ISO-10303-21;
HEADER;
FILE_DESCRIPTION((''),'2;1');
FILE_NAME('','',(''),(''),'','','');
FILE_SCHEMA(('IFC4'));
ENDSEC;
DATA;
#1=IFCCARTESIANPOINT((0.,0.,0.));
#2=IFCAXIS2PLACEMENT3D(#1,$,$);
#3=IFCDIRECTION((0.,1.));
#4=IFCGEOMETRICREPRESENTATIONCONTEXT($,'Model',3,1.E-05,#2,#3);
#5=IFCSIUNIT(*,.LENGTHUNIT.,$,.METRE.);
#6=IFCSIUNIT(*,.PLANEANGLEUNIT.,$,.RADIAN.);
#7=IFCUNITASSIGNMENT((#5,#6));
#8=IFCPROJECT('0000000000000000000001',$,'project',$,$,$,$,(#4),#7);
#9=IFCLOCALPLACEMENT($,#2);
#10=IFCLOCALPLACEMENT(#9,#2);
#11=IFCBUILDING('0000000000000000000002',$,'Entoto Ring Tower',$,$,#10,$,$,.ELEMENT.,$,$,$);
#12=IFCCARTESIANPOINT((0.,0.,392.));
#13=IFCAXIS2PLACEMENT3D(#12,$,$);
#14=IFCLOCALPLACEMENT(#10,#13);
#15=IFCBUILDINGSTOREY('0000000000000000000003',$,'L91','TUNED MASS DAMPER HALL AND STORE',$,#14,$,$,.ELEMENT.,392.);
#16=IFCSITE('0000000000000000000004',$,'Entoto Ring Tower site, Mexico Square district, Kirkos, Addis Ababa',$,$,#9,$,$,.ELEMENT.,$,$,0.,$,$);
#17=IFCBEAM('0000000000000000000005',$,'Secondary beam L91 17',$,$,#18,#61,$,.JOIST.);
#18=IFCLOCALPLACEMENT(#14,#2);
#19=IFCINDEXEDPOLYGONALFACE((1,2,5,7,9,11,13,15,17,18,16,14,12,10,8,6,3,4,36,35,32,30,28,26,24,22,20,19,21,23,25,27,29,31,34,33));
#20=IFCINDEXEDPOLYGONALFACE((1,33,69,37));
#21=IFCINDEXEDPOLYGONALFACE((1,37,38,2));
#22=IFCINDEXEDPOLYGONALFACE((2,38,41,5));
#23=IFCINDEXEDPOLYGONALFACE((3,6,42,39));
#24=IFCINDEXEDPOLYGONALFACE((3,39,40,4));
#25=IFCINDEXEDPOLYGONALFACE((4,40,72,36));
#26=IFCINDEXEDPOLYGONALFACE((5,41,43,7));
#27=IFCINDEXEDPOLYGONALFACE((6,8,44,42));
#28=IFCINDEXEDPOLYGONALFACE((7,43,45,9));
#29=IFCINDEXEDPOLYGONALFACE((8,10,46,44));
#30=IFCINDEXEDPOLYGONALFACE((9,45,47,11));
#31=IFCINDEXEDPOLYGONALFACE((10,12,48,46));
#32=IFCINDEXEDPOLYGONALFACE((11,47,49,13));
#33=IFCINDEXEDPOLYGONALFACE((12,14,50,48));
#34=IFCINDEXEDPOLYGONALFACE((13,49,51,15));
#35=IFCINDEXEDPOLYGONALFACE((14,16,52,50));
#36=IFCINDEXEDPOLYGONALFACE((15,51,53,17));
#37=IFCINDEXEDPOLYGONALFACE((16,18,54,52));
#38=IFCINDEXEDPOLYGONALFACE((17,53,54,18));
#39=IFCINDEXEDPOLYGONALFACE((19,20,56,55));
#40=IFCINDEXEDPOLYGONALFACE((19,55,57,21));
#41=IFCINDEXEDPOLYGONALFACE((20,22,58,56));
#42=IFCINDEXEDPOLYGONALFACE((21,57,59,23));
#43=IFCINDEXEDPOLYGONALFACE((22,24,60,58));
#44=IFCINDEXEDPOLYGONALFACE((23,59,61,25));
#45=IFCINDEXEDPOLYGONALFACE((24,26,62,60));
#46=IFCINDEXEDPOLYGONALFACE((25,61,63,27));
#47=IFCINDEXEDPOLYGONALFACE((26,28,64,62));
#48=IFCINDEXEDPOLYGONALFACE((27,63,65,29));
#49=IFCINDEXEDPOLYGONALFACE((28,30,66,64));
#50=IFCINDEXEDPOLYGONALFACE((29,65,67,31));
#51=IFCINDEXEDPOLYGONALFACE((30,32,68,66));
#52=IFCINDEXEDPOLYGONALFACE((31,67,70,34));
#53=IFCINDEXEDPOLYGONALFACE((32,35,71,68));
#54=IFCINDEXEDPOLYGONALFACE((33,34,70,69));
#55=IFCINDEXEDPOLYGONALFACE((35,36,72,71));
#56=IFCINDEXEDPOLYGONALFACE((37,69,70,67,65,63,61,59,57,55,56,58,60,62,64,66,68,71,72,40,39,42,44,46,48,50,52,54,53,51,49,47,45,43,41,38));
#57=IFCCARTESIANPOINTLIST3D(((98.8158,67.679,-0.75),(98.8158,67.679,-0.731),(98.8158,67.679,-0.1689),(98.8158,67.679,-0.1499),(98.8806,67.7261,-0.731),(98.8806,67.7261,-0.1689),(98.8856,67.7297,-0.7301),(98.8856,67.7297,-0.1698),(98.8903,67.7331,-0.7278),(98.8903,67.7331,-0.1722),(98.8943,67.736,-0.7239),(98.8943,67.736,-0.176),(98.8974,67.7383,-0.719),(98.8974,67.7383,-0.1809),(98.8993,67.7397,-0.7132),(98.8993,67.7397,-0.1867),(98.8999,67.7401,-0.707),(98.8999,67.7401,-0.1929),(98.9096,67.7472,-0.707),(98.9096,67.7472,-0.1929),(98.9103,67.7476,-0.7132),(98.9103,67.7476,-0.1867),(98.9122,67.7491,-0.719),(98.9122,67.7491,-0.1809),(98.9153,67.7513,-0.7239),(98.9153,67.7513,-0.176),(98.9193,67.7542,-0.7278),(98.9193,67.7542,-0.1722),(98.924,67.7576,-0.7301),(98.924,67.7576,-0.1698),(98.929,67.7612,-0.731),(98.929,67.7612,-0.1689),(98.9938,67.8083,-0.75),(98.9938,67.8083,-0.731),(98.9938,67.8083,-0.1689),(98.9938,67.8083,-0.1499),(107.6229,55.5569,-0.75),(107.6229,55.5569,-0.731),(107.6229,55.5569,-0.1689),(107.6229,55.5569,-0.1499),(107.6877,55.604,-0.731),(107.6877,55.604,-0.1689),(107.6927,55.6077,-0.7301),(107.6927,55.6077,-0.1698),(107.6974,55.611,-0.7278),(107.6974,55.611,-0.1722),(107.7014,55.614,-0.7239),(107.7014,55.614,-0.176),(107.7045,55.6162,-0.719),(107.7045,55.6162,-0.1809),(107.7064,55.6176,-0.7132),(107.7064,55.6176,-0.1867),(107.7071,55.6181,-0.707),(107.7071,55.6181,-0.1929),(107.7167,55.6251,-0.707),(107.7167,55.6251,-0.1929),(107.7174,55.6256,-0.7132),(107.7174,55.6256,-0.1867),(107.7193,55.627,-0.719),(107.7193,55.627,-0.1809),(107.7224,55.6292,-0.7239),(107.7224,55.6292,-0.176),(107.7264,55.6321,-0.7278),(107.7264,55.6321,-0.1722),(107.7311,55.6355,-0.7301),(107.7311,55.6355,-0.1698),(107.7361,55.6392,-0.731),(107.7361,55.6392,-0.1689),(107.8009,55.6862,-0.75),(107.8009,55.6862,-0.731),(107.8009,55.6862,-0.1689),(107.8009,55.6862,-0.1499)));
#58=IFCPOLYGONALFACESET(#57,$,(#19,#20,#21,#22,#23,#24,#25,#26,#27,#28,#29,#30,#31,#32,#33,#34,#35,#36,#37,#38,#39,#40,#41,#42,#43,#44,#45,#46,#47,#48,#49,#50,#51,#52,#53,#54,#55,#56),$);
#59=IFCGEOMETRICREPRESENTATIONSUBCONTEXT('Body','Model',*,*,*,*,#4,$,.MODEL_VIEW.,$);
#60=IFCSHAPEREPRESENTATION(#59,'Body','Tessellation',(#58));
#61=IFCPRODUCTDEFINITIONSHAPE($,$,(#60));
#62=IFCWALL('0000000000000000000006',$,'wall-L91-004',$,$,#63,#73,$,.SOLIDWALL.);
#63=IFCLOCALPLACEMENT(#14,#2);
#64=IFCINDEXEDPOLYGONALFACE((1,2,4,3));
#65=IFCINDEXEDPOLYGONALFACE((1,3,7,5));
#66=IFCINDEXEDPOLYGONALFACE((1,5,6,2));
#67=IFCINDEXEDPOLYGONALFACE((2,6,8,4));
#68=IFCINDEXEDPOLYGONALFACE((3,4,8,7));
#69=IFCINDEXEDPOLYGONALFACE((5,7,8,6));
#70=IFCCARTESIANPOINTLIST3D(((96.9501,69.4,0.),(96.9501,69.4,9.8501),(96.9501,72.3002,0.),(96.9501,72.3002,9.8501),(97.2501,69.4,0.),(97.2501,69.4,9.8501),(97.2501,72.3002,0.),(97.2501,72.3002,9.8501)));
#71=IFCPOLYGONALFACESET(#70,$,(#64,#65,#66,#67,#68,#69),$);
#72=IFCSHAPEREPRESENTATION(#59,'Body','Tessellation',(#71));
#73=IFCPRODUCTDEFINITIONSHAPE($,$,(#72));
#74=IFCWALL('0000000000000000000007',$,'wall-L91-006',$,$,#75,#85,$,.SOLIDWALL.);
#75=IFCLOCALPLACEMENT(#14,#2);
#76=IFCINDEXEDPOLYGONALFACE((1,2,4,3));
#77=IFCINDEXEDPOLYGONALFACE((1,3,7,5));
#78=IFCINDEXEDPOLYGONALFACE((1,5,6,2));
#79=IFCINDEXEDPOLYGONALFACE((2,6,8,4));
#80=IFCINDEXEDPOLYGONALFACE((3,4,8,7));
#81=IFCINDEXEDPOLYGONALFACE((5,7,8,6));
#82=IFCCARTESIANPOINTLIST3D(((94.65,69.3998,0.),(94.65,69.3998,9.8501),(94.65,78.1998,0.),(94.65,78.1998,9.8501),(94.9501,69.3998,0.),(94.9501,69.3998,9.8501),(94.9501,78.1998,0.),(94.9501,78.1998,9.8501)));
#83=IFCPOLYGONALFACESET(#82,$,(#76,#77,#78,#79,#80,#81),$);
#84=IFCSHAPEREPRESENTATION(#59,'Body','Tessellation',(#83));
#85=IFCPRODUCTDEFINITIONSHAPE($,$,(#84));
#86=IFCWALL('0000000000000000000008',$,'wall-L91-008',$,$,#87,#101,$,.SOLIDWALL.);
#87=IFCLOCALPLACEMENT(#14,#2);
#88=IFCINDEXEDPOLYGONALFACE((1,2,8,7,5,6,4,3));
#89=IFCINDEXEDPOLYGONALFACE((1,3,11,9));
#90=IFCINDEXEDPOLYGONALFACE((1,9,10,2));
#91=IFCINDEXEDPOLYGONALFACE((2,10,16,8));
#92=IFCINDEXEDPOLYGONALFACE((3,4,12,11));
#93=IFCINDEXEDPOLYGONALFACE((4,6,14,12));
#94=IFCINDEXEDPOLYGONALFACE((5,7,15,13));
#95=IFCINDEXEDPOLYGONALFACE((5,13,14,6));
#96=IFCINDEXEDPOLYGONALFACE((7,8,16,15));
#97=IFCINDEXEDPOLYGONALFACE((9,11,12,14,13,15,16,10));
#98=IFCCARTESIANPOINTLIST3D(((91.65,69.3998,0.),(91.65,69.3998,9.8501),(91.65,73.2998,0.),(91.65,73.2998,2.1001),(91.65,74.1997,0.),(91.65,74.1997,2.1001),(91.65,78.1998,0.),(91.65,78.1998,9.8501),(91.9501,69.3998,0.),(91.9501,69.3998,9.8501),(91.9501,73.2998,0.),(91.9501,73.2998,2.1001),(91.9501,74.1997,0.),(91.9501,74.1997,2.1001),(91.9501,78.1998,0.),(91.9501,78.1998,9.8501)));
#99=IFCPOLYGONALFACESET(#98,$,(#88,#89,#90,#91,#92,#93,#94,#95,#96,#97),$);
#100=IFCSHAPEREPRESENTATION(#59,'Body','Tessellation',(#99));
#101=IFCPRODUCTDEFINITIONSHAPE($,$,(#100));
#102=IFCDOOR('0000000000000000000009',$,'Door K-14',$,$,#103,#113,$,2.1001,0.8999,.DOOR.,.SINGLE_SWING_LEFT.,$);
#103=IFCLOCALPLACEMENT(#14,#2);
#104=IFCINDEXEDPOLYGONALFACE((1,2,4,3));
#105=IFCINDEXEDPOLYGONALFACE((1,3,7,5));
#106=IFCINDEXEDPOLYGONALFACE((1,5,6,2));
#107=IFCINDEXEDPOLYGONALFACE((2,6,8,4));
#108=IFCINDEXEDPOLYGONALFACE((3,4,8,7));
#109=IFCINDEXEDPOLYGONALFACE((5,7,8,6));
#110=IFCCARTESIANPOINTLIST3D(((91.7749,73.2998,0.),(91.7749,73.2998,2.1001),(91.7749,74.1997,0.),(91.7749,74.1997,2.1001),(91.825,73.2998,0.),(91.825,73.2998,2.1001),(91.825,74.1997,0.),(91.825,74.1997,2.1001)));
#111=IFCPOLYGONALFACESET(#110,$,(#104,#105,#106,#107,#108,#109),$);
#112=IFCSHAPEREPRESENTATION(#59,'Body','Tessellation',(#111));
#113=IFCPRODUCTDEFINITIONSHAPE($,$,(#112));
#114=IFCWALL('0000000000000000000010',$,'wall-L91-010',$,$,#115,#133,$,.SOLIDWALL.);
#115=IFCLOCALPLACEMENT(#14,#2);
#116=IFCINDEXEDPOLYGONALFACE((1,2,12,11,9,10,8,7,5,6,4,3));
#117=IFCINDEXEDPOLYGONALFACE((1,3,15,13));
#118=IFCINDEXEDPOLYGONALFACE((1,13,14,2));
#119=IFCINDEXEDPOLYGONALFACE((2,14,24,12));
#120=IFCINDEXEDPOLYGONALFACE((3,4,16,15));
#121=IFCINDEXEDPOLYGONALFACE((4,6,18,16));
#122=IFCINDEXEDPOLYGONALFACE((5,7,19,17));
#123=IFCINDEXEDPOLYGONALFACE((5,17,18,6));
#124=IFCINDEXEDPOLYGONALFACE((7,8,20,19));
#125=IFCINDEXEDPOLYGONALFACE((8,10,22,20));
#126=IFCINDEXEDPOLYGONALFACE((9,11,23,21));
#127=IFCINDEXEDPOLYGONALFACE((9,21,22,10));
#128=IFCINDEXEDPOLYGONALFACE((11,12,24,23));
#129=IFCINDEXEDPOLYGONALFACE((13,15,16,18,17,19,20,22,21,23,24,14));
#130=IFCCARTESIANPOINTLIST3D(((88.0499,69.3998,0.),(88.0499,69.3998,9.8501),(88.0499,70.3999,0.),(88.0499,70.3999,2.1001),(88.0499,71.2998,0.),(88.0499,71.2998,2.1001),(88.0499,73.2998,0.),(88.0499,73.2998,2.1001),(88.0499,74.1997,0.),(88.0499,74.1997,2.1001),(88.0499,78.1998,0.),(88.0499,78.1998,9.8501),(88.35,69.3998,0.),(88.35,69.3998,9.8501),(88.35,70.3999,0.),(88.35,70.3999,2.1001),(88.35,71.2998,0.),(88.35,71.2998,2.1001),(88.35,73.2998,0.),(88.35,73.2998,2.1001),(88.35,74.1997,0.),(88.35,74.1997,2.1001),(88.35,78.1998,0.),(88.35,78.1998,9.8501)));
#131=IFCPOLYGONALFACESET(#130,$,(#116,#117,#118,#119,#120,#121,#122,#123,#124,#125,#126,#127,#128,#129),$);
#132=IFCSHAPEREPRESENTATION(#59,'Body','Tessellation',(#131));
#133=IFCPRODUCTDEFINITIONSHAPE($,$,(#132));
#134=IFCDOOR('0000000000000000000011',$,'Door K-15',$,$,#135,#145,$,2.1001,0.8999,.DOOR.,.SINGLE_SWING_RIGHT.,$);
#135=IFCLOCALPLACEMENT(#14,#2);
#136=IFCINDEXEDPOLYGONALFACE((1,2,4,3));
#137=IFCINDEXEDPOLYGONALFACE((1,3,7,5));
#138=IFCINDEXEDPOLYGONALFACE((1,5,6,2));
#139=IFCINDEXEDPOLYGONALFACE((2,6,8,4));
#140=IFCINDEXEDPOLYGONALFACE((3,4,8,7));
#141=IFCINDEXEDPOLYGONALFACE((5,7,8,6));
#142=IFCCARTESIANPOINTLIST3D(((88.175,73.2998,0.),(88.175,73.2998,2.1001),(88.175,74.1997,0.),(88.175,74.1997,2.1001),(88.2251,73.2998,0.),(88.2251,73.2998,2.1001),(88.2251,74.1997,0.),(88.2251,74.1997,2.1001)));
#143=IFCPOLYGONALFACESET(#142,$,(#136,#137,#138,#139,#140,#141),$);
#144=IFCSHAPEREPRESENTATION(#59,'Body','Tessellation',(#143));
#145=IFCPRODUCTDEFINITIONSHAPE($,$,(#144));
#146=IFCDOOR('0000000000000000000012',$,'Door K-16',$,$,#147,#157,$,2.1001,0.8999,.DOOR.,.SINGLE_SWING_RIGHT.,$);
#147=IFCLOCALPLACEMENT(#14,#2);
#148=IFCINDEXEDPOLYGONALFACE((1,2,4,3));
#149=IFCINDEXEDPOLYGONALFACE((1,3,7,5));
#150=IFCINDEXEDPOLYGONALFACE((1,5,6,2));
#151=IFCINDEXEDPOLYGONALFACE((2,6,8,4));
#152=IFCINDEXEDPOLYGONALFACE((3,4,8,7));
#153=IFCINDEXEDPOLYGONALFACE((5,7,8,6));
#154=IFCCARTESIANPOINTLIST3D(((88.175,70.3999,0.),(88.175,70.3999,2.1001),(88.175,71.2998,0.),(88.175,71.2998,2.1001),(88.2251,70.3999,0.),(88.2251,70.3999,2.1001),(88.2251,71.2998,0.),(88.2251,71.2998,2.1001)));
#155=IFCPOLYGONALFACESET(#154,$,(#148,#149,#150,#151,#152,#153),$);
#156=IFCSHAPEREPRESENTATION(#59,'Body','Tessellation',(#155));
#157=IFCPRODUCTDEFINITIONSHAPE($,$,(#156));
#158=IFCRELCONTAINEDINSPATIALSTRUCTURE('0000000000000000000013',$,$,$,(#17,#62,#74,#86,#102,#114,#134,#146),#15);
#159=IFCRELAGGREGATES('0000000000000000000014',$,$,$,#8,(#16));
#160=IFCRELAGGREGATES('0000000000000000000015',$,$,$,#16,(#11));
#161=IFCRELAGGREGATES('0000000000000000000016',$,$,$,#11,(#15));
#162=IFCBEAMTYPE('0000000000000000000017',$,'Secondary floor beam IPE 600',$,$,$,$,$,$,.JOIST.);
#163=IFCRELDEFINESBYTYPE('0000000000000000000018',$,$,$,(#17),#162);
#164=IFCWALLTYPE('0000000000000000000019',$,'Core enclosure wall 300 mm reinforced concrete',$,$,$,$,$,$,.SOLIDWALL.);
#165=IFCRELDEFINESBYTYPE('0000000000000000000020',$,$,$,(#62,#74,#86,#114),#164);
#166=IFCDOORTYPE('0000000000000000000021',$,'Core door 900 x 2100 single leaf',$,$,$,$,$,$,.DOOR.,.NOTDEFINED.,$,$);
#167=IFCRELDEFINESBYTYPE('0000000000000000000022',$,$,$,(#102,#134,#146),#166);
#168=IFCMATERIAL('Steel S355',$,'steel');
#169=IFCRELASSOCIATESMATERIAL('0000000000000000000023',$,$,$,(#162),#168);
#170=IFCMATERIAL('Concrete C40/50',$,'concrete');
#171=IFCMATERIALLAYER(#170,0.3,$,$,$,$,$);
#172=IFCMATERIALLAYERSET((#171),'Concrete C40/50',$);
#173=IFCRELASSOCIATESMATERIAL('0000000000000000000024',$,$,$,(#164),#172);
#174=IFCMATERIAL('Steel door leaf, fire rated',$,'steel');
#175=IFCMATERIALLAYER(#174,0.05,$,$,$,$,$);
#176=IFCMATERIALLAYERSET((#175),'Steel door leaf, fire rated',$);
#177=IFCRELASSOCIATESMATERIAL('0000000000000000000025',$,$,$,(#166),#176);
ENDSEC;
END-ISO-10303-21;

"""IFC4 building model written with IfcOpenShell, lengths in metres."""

from ifc_helpers import new_model, si_unit, direction, frame, frame_2d, origin, origin_2d, place, context, subcontext, project, spatial, rectangle, i_section, extrude, material, layer, layer_set, material_profile, profile_set, type_object, element, fill, save


model = new_model("IFC4")

# Units and contexts
model_context = context("Model", 3, precision=1e-05, world=origin(), true_north=direction((0.0, 1.0)))
body_context = subcontext(model_context, "Body", "Model", "MODEL_VIEW")
ifc_project = project(units=[si_unit("LENGTHUNIT", "METRE"), si_unit("PLANEANGLEUNIT", "RADIAN")], contexts=[model_context])

# Site, building, storey
site_placement = place(None, origin())
site = spatial("IfcSite", under=ifc_project, at=site_placement, Name="Entoto Ring Tower site, Mexico Square district, Kirkos, Addis Ababa", CompositionType="ELEMENT", RefElevation=0.0)
building_placement = place(site_placement, origin())
building = spatial("IfcBuilding", under=site, at=building_placement, Name="Entoto Ring Tower", CompositionType="ELEMENT")
storey_placement = place(building_placement, frame((0.0, 0.0, 392.0)))
storey = spatial("IfcBuildingStorey", under=building, at=storey_placement, Name="L91", Description="TUNED MASS DAMPER HALL AND STORE", CompositionType="ELEMENT", Elevation=392.0)

# Beam
ifc_material_1 = material(Name="Steel S355", Category="steel")
ifc_material_profile_1 = material_profile(ifc_material_1, i_section(OverallWidth=0.22, OverallDepth=0.6001, WebThickness=0.012, FlangeThickness=0.019, FilletRadius=0.0239, at=origin_2d()), Name="IPE 600")
ifc_profile_set_1 = profile_set([ifc_material_profile_1], Name="Steel S355")
beam_type_1 = type_object("IfcBeamType", Name="Secondary floor beam IPE 600", PredefinedType="JOIST", material=ifc_profile_set_1)
beam_1_placement = place(storey_placement, frame((98.9048, 67.7437, -0.45), z_axis=(0.587782, -0.809019, 0.0), x_axis=(0.809019, 0.587782, 0.0)))
element("IfcBeam", 1, at=beam_1_placement, inside=storey, type_object=beam_type_1, Name="Secondary beam L91 17", PredefinedType="JOIST", context=body_context, shape_type="SweptSolid", body=[
    extrude(i_section(OverallWidth=0.22, OverallDepth=0.6001, WebThickness=0.012, FlangeThickness=0.019, FilletRadius=0.0239, at=origin_2d()), origin(), (0.0, 0.0, 1.0), 14.9836),
])

# Walls
ifc_material_2 = material(Name="Concrete C40/50", Category="concrete")
ifc_layer_1 = layer(ifc_material_2, 0.3)
ifc_layer_set_1 = layer_set([ifc_layer_1], Name="Concrete C40/50")
wall_type_1 = type_object("IfcWallType", Name="Core enclosure wall 300 mm reinforced concrete", PredefinedType="SOLIDWALL", material=ifc_layer_set_1)
wall_1_placement = place(storey_placement, frame((97.1001, 69.3999, 0.0), z_axis=(0.0, 0.0, 1.0), x_axis=(0.0, 1.0, 0.0)))
element("IfcWall", 2, at=wall_1_placement, inside=storey, type_object=wall_type_1, Name="wall-L91-004", PredefinedType="SOLIDWALL", context=body_context, shape_type="SweptSolid", body=[
    extrude(rectangle(XDim=2.9001, YDim=0.3, at=frame_2d((1.4502, 0.0))), origin(), (0.0, 0.0, 1.0), 9.8501),
])
wall_2_placement = place(storey_placement, frame((94.8, 69.3999, 0.0), z_axis=(0.0, 0.0, 1.0), x_axis=(0.0, 1.0, 0.0)))
element("IfcWall", 3, at=wall_2_placement, inside=storey, type_object=wall_type_1, Name="wall-L91-006", PredefinedType="SOLIDWALL", context=body_context, shape_type="SweptSolid", body=[
    extrude(rectangle(XDim=8.8, YDim=0.3, at=frame_2d((4.3999, 0.0))), origin(), (0.0, 0.0, 1.0), 9.8501),
])

# Wall, opening, door
wall_3_placement = place(storey_placement, frame((91.8, 69.3999, 0.0), z_axis=(0.0, 0.0, 1.0), x_axis=(0.0, 1.0, 0.0)))
wall_3 = element("IfcWall", 4, at=wall_3_placement, inside=storey, type_object=wall_type_1, Name="wall-L91-008", PredefinedType="SOLIDWALL", context=body_context, shape_type="SweptSolid", body=[
    extrude(rectangle(XDim=8.8, YDim=0.3, at=frame_2d((4.3999, 0.0))), origin(), (0.0, 0.0, 1.0), 9.8501),
])
opening_1_placement = place(wall_3_placement, frame((3.8999, 0.0, 0.0)))
opening_1 = element("IfcOpeningElement", 5, at=opening_1_placement, cuts=wall_3, PredefinedType="OPENING", context=body_context, shape_type="SweptSolid", body=[
    extrude(rectangle(XDim=0.8999, YDim=2.1001, at=frame_2d((0.45, 1.05))), frame((0.0, 0.1602, 0.0), z_axis=(0.0, -1.0, 0.0), x_axis=(1.0, 0.0, 0.0)), (0.0, 0.0, 1.0), 0.3201),
])
ifc_material_3 = material(Name="Steel door leaf, fire rated", Category="steel")
ifc_layer_2 = layer(ifc_material_3, 0.05)
ifc_layer_set_2 = layer_set([ifc_layer_2], Name="Steel door leaf, fire rated")
door_type_1 = type_object("IfcDoorType", Name="Core door 900 x 2100 single leaf", OperationType="NOTDEFINED", PredefinedType="DOOR", material=ifc_layer_set_2)
door_1_placement = place(opening_1_placement, frame((0.8999, 0.0, 0.0), z_axis=(0.0, 0.0, 1.0), x_axis=(-1.0, 0.0, 0.0)))
door_1 = element("IfcDoor", 6, at=door_1_placement, inside=storey, type_object=door_type_1, Name="Door K-14", OperationType="SINGLE_SWING_LEFT", OverallHeight=2.1001, OverallWidth=0.8999, PredefinedType="DOOR", context=body_context, shape_type="SweptSolid", body=[
    extrude(rectangle(XDim=0.8999, YDim=2.1001, at=frame_2d((0.45, 1.05))), frame((0.0, 0.0249, 0.0), z_axis=(0.0, -1.0, 0.0), x_axis=(1.0, 0.0, 0.0)), (0.0, 0.0, 1.0), 0.05),
])
fill(opening_1, door_1)

# Wall, openings, doors
wall_4_placement = place(storey_placement, frame((88.2, 69.3999, 0.0), z_axis=(0.0, 0.0, 1.0), x_axis=(0.0, 1.0, 0.0)))
wall_4 = element("IfcWall", 7, at=wall_4_placement, inside=storey, type_object=wall_type_1, Name="wall-L91-010", PredefinedType="SOLIDWALL", context=body_context, shape_type="SweptSolid", body=[
    extrude(rectangle(XDim=8.8, YDim=0.3, at=frame_2d((4.3999, 0.0))), origin(), (0.0, 0.0, 1.0), 9.8501),
])
opening_2_placement = place(wall_4_placement, frame((3.8999, 0.0, 0.0)))
opening_2 = element("IfcOpeningElement", 8, at=opening_2_placement, cuts=wall_4, PredefinedType="OPENING", context=body_context, shape_type="SweptSolid", body=[
    extrude(rectangle(XDim=0.8999, YDim=2.1001, at=frame_2d((0.45, 1.05))), frame((0.0, 0.1602, 0.0), z_axis=(0.0, -1.0, 0.0), x_axis=(1.0, 0.0, 0.0)), (0.0, 0.0, 1.0), 0.3201),
])
opening_3_placement = place(wall_4_placement, frame((1.0, 0.0, 0.0)))
opening_3 = element("IfcOpeningElement", 9, at=opening_3_placement, cuts=wall_4, PredefinedType="OPENING", context=body_context, shape_type="SweptSolid", body=[
    extrude(rectangle(XDim=0.8999, YDim=2.1001, at=frame_2d((0.45, 1.05))), frame((0.0, 0.1602, 0.0), z_axis=(0.0, -1.0, 0.0), x_axis=(1.0, 0.0, 0.0)), (0.0, 0.0, 1.0), 0.3201),
])
door_2_placement = place(opening_2_placement, origin())
door_2 = element("IfcDoor", 10, at=door_2_placement, inside=storey, type_object=door_type_1, Name="Door K-15", OperationType="SINGLE_SWING_RIGHT", OverallHeight=2.1001, OverallWidth=0.8999, PredefinedType="DOOR", context=body_context, shape_type="SweptSolid", body=[
    extrude(rectangle(XDim=0.8999, YDim=2.1001, at=frame_2d((0.45, 1.05))), frame((0.0, 0.0249, 0.0), z_axis=(0.0, -1.0, 0.0), x_axis=(1.0, 0.0, 0.0)), (0.0, 0.0, 1.0), 0.05),
])
fill(opening_2, door_2)
door_3_placement = place(opening_3_placement, origin())
door_3 = element("IfcDoor", 11, at=door_3_placement, inside=storey, type_object=door_type_1, Name="Door K-16", OperationType="SINGLE_SWING_RIGHT", OverallHeight=2.1001, OverallWidth=0.8999, PredefinedType="DOOR", context=body_context, shape_type="SweptSolid", body=[
    extrude(rectangle(XDim=0.8999, YDim=2.1001, at=frame_2d((0.45, 1.05))), frame((0.0, 0.0249, 0.0), z_axis=(0.0, -1.0, 0.0), x_axis=(1.0, 0.0, 0.0)), (0.0, 0.0, 1.0), 0.05),
])
fill(opening_3, door_3)

save(model, "model.ifc")
